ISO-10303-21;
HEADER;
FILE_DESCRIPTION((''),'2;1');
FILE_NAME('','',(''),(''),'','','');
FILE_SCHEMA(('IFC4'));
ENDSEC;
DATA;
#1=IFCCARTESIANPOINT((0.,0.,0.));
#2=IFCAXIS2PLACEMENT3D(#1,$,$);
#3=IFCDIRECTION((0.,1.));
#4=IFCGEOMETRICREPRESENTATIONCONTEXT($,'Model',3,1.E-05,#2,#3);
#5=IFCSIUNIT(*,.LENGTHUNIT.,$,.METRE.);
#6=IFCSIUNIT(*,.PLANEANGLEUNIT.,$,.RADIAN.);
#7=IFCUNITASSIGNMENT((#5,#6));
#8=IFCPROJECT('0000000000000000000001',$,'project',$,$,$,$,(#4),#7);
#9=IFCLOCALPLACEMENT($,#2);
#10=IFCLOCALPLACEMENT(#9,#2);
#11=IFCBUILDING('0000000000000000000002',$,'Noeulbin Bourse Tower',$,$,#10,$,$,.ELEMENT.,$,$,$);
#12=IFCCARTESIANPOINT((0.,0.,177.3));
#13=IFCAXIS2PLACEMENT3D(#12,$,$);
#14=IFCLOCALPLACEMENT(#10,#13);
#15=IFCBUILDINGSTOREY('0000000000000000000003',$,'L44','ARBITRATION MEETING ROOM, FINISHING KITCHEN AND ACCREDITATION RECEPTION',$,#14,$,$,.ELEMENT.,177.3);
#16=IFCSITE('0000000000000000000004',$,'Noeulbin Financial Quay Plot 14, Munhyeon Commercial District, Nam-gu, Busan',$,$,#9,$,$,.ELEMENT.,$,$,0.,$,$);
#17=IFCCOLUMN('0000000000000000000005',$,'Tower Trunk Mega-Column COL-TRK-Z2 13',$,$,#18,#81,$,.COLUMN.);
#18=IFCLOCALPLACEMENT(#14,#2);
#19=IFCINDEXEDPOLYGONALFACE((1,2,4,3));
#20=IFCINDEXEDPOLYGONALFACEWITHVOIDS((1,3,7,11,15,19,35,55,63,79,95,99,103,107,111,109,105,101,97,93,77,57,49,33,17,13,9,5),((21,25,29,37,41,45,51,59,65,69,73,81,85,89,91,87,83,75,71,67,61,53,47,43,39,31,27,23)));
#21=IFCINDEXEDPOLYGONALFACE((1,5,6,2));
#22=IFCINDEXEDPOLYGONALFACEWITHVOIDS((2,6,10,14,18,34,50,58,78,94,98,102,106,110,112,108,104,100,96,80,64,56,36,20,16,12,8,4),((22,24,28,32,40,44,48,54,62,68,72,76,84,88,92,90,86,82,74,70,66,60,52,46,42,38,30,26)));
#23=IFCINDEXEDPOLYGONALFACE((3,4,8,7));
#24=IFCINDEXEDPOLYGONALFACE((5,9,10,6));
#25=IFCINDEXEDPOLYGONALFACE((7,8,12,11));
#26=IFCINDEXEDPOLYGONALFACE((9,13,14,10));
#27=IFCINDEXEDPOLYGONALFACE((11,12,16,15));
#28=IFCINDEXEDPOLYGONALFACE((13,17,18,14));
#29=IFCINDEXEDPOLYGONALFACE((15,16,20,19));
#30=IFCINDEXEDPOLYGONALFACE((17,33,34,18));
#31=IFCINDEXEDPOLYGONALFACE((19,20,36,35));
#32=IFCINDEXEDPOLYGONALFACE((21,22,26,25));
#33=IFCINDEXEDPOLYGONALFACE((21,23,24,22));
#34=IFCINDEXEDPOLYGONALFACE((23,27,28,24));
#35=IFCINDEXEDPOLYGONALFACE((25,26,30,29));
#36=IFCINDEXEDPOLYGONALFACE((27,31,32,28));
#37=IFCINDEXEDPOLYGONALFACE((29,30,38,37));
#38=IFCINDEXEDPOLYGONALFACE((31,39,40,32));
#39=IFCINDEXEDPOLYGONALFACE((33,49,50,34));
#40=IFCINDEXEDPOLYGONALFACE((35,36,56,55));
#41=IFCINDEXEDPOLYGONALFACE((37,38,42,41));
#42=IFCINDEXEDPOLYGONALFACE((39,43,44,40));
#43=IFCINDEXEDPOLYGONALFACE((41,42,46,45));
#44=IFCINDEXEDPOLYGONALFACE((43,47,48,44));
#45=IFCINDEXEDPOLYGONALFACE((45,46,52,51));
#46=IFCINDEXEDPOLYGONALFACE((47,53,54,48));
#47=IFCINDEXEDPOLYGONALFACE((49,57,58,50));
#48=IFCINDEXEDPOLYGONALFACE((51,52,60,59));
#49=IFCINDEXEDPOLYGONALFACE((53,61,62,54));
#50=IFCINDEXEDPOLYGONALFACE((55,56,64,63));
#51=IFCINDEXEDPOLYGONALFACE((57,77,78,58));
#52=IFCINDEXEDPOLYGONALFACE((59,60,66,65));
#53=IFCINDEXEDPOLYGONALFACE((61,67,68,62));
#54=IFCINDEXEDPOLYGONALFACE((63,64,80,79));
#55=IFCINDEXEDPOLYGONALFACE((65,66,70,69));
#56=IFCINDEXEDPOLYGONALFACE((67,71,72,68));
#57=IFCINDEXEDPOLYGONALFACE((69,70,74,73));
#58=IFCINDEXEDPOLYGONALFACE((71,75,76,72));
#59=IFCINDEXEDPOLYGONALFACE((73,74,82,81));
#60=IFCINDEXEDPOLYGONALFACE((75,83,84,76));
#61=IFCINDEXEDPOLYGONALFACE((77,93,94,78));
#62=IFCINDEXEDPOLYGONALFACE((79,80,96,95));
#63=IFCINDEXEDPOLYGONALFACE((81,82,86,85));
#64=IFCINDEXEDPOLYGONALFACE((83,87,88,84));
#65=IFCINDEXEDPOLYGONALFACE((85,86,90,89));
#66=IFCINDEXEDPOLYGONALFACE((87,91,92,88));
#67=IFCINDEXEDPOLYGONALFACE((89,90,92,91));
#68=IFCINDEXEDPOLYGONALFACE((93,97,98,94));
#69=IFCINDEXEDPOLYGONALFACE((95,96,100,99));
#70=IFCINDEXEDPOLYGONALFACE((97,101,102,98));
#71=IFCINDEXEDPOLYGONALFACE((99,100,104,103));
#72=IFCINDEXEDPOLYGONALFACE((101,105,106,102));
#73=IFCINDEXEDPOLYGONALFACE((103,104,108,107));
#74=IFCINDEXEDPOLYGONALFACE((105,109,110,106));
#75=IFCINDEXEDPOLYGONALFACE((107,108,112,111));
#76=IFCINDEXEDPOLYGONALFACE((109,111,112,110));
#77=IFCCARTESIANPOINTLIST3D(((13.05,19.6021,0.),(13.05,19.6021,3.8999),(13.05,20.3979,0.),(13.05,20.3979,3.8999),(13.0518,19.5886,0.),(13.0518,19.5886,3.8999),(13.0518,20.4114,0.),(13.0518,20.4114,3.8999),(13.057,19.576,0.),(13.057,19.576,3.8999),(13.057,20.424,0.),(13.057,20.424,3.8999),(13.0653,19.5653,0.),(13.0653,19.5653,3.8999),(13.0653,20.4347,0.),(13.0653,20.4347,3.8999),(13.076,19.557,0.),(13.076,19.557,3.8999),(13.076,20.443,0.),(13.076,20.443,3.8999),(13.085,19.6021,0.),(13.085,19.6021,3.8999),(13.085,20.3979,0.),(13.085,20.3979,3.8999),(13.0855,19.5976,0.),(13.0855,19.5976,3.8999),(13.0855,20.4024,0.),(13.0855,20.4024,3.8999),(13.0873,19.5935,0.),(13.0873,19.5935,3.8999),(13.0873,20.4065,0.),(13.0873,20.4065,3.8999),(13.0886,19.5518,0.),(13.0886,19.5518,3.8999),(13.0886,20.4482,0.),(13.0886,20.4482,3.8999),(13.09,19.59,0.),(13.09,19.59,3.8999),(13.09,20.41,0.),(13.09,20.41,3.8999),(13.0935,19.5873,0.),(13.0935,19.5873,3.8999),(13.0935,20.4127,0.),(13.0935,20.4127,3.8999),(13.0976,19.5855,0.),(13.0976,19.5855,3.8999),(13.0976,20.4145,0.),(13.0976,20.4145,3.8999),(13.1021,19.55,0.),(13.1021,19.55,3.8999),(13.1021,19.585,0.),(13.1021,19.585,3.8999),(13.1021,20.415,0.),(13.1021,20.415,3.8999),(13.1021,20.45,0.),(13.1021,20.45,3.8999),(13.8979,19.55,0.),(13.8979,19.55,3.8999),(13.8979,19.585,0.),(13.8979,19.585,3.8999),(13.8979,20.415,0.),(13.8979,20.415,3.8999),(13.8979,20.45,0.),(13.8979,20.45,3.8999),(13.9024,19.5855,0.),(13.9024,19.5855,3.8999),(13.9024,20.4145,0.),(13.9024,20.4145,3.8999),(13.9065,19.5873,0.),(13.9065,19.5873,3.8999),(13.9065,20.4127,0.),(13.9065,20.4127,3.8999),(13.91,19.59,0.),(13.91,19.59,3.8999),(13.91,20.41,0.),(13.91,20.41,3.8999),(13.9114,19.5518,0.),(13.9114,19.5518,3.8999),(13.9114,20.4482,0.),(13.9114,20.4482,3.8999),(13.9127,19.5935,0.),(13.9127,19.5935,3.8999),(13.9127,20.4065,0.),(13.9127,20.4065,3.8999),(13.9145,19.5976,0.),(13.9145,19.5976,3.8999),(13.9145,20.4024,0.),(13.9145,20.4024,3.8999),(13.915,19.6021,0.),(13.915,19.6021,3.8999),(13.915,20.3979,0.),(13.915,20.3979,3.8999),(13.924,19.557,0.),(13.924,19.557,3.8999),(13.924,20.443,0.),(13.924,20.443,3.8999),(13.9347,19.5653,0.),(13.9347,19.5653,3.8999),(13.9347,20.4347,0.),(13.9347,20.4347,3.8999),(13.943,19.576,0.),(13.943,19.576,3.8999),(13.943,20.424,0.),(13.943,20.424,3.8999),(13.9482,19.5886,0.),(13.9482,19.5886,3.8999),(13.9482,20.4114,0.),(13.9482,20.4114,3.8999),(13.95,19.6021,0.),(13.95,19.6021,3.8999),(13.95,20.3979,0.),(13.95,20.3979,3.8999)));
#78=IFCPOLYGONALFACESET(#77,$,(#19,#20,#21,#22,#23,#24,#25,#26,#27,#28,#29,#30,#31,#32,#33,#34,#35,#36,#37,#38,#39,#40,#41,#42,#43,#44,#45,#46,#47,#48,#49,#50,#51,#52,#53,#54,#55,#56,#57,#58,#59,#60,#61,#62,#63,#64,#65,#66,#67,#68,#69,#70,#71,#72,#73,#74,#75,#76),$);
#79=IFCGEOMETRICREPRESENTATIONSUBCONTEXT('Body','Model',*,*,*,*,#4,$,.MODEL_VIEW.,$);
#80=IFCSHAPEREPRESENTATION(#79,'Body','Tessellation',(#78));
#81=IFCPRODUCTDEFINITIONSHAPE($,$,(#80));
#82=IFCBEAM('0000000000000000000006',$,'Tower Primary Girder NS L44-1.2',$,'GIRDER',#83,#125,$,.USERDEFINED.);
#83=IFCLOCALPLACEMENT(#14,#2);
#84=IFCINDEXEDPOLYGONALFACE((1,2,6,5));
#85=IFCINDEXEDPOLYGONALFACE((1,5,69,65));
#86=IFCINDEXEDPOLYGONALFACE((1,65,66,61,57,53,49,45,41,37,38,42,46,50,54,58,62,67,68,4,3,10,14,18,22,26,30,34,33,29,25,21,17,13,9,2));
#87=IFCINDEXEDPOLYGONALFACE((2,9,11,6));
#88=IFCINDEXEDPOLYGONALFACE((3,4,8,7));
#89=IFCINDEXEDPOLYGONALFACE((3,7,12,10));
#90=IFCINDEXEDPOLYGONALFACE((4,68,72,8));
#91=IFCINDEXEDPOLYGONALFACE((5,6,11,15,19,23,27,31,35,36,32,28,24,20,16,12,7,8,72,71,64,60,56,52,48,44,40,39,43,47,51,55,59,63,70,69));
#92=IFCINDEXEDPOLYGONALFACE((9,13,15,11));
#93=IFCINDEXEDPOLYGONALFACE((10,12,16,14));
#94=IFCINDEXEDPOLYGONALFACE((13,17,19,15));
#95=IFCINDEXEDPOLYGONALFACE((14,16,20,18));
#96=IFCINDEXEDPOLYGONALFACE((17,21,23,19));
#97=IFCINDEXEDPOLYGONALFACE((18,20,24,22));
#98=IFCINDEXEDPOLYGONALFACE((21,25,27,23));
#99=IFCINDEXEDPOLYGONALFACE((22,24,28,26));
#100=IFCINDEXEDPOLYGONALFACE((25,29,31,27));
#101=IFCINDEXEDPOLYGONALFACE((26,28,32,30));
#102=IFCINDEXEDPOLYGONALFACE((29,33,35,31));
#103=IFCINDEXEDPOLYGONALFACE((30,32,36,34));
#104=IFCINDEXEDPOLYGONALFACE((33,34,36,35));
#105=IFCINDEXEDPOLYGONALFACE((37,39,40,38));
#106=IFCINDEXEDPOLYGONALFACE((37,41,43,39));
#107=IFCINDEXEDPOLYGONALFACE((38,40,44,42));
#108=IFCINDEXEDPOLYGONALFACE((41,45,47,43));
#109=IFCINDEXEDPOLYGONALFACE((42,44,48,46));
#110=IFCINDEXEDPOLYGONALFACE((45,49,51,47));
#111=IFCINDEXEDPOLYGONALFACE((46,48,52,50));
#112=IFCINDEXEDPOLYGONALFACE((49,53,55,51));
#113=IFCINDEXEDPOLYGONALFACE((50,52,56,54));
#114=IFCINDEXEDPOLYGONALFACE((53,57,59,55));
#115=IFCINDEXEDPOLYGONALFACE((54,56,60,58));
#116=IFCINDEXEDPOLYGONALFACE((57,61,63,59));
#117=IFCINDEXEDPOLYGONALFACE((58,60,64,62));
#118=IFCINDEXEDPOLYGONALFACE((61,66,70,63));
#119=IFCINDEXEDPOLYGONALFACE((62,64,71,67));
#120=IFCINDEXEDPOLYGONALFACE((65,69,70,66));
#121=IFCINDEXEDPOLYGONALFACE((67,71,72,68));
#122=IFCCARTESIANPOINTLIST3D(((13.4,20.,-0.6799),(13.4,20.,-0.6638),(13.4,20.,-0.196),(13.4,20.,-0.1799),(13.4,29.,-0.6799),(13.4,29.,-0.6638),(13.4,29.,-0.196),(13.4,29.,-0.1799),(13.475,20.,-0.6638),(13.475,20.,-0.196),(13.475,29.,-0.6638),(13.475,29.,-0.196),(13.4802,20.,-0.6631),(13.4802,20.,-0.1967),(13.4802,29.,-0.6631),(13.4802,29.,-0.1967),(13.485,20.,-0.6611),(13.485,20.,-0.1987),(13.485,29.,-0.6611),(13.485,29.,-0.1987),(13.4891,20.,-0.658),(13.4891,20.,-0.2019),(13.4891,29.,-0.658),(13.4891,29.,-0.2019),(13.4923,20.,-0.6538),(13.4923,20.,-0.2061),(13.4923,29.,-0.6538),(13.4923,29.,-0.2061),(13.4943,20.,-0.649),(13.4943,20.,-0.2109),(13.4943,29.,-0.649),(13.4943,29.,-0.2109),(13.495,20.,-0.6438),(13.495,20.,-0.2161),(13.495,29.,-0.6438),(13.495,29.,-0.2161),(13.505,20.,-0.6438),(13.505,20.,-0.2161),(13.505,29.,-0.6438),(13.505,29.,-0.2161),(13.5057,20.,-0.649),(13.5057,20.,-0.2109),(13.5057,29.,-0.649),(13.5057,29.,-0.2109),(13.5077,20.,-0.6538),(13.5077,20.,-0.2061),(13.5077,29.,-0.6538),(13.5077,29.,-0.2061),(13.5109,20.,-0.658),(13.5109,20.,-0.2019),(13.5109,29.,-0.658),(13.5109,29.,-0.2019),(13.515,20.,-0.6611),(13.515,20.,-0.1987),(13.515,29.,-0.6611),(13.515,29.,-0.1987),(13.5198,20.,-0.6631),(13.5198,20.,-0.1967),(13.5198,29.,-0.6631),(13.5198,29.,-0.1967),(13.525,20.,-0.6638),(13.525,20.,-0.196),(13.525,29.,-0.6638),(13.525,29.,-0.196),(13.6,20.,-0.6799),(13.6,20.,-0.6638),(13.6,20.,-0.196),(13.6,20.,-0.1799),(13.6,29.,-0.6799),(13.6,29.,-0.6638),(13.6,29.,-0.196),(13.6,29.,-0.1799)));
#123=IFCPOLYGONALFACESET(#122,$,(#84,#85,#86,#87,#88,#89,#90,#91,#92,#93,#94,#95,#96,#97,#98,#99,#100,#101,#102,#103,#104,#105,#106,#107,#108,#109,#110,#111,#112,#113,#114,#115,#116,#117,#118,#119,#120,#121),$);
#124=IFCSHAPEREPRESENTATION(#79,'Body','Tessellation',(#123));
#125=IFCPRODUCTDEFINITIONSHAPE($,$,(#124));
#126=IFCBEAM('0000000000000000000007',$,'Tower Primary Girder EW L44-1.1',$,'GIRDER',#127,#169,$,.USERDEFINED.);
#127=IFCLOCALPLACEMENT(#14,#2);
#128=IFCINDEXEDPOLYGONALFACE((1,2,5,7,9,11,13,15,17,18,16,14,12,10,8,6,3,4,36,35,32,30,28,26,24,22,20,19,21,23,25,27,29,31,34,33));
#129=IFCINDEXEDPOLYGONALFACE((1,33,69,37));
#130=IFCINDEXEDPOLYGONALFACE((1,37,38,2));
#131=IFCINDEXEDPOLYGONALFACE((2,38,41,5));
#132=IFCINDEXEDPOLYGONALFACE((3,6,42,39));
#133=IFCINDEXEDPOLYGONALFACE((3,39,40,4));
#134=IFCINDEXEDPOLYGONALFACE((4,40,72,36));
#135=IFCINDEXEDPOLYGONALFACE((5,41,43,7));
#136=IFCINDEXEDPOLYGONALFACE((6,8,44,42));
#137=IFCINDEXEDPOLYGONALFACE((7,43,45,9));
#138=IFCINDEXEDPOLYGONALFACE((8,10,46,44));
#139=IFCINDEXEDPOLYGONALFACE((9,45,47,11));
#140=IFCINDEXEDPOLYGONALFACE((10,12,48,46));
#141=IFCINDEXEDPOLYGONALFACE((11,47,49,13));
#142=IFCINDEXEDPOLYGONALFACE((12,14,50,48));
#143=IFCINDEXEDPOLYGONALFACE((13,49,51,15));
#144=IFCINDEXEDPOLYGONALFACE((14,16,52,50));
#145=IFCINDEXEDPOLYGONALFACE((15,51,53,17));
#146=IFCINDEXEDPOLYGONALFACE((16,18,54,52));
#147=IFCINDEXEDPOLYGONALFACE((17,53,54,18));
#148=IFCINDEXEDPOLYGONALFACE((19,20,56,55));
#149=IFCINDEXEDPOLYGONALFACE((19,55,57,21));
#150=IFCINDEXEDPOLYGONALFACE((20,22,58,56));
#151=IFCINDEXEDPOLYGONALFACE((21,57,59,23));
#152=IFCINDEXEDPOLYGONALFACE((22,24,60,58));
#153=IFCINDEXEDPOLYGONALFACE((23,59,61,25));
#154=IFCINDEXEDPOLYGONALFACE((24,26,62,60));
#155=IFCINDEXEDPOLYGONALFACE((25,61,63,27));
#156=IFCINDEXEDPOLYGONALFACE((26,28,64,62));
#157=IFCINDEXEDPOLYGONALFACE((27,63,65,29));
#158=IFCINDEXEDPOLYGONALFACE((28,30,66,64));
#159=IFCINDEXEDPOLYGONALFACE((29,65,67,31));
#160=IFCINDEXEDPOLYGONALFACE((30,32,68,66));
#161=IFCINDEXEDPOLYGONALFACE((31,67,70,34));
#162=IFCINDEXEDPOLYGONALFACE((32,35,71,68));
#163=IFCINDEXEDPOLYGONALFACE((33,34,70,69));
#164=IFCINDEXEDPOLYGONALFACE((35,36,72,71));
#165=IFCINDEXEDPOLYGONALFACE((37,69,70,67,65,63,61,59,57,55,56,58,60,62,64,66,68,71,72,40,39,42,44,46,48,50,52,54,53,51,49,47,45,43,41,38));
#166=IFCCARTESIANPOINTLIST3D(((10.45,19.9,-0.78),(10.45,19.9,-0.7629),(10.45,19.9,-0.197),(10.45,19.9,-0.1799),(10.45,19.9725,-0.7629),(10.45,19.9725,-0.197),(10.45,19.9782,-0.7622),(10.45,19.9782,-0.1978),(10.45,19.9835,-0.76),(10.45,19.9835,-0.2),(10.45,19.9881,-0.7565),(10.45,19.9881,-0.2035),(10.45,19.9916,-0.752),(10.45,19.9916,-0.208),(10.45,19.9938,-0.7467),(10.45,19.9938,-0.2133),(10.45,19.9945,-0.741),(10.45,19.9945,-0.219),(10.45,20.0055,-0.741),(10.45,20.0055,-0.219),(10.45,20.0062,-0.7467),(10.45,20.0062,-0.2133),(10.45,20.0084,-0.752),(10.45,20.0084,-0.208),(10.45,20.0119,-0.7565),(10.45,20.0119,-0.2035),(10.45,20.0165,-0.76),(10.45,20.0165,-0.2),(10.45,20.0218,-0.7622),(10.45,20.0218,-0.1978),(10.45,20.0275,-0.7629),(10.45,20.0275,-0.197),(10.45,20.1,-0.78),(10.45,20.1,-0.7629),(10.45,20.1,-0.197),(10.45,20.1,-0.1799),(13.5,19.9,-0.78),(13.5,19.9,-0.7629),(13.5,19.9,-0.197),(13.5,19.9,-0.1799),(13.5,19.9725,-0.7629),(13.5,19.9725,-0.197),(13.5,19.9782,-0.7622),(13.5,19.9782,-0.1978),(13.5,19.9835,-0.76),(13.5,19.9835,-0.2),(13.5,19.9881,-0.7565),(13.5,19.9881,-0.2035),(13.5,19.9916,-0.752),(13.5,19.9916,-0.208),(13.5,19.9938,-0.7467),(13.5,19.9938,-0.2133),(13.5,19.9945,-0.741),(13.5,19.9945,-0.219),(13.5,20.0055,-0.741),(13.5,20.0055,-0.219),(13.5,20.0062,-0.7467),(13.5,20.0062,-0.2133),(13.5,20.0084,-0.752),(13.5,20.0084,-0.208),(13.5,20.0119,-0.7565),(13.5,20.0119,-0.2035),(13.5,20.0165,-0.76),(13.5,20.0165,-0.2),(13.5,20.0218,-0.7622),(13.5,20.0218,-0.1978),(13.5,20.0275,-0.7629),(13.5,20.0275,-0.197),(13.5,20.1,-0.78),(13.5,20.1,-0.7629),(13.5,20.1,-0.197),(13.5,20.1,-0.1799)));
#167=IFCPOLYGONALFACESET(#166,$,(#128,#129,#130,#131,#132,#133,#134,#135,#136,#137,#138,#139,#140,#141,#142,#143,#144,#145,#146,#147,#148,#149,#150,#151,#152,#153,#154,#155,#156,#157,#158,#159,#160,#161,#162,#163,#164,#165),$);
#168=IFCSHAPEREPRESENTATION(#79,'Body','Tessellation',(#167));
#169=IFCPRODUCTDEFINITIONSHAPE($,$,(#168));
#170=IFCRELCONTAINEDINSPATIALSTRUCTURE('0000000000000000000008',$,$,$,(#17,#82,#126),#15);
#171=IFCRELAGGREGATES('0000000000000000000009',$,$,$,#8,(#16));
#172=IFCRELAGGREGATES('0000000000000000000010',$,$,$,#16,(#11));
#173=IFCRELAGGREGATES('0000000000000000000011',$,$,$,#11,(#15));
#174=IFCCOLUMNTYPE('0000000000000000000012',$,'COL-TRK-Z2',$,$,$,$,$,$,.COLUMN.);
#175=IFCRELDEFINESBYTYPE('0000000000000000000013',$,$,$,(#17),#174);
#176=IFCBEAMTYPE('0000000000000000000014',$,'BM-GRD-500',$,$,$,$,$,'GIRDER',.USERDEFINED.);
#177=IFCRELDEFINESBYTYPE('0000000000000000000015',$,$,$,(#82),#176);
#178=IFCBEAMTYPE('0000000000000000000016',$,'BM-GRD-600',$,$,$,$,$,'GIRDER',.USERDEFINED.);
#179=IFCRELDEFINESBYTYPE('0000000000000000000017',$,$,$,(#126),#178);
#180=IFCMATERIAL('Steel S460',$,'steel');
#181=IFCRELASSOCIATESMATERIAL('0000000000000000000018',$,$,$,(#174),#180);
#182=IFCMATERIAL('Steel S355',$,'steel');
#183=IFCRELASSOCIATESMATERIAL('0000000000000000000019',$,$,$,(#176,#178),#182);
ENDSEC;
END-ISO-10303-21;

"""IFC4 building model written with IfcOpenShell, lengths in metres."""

from ifc_helpers import new_model, si_unit, direction, frame, origin, origin_2d, place, context, subcontext, project, spatial, hollow_rectangle, i_section, extrude, material, material_profile, profile_set, type_object, element, save


model = new_model("IFC4")

# Units and contexts
model_context = context("Model", 3, precision=1e-05, world=origin(), true_north=direction((0.0, 1.0)))
body_context = subcontext(model_context, "Body", "Model", "MODEL_VIEW")
ifc_project = project(units=[si_unit("LENGTHUNIT", "METRE"), si_unit("PLANEANGLEUNIT", "RADIAN")], contexts=[model_context])

# Site, building, storey
site_placement = place(None, origin())
site = spatial("IfcSite", under=ifc_project, at=site_placement, Name="Noeulbin Financial Quay Plot 14, Munhyeon Commercial District, Nam-gu, Busan", CompositionType="ELEMENT", RefElevation=0.0)
building_placement = place(site_placement, origin())
building = spatial("IfcBuilding", under=site, at=building_placement, Name="Noeulbin Bourse Tower", CompositionType="ELEMENT")
storey_placement = place(building_placement, frame((0.0, 0.0, 177.3)))
storey = spatial("IfcBuildingStorey", under=building, at=storey_placement, Name="L44", Description="ARBITRATION MEETING ROOM, FINISHING KITCHEN AND ACCREDITATION RECEPTION", CompositionType="ELEMENT", Elevation=177.3)

# Column
ifc_material_1 = material(Name="Steel S355", Category="steel")
ifc_material_2 = material(Name="Steel S460", Category="steel")
ifc_material_profile_1 = material_profile(ifc_material_2, hollow_rectangle(XDim=0.8999, YDim=0.8999, WallThickness=0.0349, InnerFilletRadius=0.0171, OuterFilletRadius=0.052, at=origin_2d()), Name="BOX-900x900x35", Category="LoadBearing")
ifc_profile_set_1 = profile_set([ifc_material_profile_1], Name="Steel S460")
column_type_1 = type_object("IfcColumnType", Name="COL-TRK-Z2", PredefinedType="COLUMN", material=ifc_profile_set_1)
column_placement = place(storey_placement, frame((13.5, 20.0, 0.0), z_axis=(0.0, 0.0, 1.0), x_axis=(1.0, 0.0, 0.0)))
element("IfcColumn", 1, at=column_placement, inside=storey, type_object=column_type_1, Name="Tower Trunk Mega-Column COL-TRK-Z2 13", PredefinedType="COLUMN", context=body_context, shape_type="SweptSolid", body=[
    extrude(hollow_rectangle(XDim=0.8999, YDim=0.8999, WallThickness=0.0349, InnerFilletRadius=0.0171, OuterFilletRadius=0.052, at=origin_2d()), origin(), (0.0, 0.0, 1.0), 3.8999),
])

# Beams
ifc_material_profile_2 = material_profile(ifc_material_1, i_section(OverallWidth=0.2, OverallDepth=0.5, WebThickness=0.01, FlangeThickness=0.0161, FilletRadius=0.02, at=origin_2d()), Name="H-500x200x10x16", Category="LoadBearing")
ifc_profile_set_2 = profile_set([ifc_material_profile_2], Name="Steel S355")
beam_type_1 = type_object("IfcBeamType", Name="BM-GRD-500", ElementType="GIRDER", PredefinedType="USERDEFINED", material=ifc_profile_set_2)
beam_1_placement = place(storey_placement, frame((13.5, 20.0, -0.4299), z_axis=(0.0, 1.0, 0.0), x_axis=(-1.0, 0.0, 0.0)))
element("IfcBeam", 2, at=beam_1_placement, inside=storey, type_object=beam_type_1, Name="Tower Primary Girder NS L44-1.2", ObjectType="GIRDER", PredefinedType="USERDEFINED", context=body_context, shape_type="SweptSolid", body=[
    extrude(i_section(OverallWidth=0.2, OverallDepth=0.5, WebThickness=0.01, FlangeThickness=0.0161, FilletRadius=0.02, at=origin_2d()), origin(), (0.0, 0.0, 1.0), 9.0),
])
ifc_material_profile_3 = material_profile(ifc_material_1, i_section(OverallWidth=0.2, OverallDepth=0.6001, WebThickness=0.011, FlangeThickness=0.0171, FilletRadius=0.022, at=origin_2d()), Name="H-600x200x11x17", Category="LoadBearing")
ifc_profile_set_3 = profile_set([ifc_material_profile_3], Name="Steel S355")
beam_type_2 = type_object("IfcBeamType", Name="BM-GRD-600", ElementType="GIRDER", PredefinedType="USERDEFINED", material=ifc_profile_set_3)
beam_2_placement = place(storey_placement, frame((10.45, 20.0, -0.48), z_axis=(1.0, 0.0, 0.0), x_axis=(0.0, 1.0, 0.0)))
element("IfcBeam", 3, at=beam_2_placement, inside=storey, type_object=beam_type_2, Name="Tower Primary Girder EW L44-1.1", ObjectType="GIRDER", PredefinedType="USERDEFINED", context=body_context, shape_type="SweptSolid", body=[
    extrude(i_section(OverallWidth=0.2, OverallDepth=0.6001, WebThickness=0.011, FlangeThickness=0.0171, FilletRadius=0.022, at=origin_2d()), origin(), (0.0, 0.0, 1.0), 3.05),
])

save(model, "model.ifc")
